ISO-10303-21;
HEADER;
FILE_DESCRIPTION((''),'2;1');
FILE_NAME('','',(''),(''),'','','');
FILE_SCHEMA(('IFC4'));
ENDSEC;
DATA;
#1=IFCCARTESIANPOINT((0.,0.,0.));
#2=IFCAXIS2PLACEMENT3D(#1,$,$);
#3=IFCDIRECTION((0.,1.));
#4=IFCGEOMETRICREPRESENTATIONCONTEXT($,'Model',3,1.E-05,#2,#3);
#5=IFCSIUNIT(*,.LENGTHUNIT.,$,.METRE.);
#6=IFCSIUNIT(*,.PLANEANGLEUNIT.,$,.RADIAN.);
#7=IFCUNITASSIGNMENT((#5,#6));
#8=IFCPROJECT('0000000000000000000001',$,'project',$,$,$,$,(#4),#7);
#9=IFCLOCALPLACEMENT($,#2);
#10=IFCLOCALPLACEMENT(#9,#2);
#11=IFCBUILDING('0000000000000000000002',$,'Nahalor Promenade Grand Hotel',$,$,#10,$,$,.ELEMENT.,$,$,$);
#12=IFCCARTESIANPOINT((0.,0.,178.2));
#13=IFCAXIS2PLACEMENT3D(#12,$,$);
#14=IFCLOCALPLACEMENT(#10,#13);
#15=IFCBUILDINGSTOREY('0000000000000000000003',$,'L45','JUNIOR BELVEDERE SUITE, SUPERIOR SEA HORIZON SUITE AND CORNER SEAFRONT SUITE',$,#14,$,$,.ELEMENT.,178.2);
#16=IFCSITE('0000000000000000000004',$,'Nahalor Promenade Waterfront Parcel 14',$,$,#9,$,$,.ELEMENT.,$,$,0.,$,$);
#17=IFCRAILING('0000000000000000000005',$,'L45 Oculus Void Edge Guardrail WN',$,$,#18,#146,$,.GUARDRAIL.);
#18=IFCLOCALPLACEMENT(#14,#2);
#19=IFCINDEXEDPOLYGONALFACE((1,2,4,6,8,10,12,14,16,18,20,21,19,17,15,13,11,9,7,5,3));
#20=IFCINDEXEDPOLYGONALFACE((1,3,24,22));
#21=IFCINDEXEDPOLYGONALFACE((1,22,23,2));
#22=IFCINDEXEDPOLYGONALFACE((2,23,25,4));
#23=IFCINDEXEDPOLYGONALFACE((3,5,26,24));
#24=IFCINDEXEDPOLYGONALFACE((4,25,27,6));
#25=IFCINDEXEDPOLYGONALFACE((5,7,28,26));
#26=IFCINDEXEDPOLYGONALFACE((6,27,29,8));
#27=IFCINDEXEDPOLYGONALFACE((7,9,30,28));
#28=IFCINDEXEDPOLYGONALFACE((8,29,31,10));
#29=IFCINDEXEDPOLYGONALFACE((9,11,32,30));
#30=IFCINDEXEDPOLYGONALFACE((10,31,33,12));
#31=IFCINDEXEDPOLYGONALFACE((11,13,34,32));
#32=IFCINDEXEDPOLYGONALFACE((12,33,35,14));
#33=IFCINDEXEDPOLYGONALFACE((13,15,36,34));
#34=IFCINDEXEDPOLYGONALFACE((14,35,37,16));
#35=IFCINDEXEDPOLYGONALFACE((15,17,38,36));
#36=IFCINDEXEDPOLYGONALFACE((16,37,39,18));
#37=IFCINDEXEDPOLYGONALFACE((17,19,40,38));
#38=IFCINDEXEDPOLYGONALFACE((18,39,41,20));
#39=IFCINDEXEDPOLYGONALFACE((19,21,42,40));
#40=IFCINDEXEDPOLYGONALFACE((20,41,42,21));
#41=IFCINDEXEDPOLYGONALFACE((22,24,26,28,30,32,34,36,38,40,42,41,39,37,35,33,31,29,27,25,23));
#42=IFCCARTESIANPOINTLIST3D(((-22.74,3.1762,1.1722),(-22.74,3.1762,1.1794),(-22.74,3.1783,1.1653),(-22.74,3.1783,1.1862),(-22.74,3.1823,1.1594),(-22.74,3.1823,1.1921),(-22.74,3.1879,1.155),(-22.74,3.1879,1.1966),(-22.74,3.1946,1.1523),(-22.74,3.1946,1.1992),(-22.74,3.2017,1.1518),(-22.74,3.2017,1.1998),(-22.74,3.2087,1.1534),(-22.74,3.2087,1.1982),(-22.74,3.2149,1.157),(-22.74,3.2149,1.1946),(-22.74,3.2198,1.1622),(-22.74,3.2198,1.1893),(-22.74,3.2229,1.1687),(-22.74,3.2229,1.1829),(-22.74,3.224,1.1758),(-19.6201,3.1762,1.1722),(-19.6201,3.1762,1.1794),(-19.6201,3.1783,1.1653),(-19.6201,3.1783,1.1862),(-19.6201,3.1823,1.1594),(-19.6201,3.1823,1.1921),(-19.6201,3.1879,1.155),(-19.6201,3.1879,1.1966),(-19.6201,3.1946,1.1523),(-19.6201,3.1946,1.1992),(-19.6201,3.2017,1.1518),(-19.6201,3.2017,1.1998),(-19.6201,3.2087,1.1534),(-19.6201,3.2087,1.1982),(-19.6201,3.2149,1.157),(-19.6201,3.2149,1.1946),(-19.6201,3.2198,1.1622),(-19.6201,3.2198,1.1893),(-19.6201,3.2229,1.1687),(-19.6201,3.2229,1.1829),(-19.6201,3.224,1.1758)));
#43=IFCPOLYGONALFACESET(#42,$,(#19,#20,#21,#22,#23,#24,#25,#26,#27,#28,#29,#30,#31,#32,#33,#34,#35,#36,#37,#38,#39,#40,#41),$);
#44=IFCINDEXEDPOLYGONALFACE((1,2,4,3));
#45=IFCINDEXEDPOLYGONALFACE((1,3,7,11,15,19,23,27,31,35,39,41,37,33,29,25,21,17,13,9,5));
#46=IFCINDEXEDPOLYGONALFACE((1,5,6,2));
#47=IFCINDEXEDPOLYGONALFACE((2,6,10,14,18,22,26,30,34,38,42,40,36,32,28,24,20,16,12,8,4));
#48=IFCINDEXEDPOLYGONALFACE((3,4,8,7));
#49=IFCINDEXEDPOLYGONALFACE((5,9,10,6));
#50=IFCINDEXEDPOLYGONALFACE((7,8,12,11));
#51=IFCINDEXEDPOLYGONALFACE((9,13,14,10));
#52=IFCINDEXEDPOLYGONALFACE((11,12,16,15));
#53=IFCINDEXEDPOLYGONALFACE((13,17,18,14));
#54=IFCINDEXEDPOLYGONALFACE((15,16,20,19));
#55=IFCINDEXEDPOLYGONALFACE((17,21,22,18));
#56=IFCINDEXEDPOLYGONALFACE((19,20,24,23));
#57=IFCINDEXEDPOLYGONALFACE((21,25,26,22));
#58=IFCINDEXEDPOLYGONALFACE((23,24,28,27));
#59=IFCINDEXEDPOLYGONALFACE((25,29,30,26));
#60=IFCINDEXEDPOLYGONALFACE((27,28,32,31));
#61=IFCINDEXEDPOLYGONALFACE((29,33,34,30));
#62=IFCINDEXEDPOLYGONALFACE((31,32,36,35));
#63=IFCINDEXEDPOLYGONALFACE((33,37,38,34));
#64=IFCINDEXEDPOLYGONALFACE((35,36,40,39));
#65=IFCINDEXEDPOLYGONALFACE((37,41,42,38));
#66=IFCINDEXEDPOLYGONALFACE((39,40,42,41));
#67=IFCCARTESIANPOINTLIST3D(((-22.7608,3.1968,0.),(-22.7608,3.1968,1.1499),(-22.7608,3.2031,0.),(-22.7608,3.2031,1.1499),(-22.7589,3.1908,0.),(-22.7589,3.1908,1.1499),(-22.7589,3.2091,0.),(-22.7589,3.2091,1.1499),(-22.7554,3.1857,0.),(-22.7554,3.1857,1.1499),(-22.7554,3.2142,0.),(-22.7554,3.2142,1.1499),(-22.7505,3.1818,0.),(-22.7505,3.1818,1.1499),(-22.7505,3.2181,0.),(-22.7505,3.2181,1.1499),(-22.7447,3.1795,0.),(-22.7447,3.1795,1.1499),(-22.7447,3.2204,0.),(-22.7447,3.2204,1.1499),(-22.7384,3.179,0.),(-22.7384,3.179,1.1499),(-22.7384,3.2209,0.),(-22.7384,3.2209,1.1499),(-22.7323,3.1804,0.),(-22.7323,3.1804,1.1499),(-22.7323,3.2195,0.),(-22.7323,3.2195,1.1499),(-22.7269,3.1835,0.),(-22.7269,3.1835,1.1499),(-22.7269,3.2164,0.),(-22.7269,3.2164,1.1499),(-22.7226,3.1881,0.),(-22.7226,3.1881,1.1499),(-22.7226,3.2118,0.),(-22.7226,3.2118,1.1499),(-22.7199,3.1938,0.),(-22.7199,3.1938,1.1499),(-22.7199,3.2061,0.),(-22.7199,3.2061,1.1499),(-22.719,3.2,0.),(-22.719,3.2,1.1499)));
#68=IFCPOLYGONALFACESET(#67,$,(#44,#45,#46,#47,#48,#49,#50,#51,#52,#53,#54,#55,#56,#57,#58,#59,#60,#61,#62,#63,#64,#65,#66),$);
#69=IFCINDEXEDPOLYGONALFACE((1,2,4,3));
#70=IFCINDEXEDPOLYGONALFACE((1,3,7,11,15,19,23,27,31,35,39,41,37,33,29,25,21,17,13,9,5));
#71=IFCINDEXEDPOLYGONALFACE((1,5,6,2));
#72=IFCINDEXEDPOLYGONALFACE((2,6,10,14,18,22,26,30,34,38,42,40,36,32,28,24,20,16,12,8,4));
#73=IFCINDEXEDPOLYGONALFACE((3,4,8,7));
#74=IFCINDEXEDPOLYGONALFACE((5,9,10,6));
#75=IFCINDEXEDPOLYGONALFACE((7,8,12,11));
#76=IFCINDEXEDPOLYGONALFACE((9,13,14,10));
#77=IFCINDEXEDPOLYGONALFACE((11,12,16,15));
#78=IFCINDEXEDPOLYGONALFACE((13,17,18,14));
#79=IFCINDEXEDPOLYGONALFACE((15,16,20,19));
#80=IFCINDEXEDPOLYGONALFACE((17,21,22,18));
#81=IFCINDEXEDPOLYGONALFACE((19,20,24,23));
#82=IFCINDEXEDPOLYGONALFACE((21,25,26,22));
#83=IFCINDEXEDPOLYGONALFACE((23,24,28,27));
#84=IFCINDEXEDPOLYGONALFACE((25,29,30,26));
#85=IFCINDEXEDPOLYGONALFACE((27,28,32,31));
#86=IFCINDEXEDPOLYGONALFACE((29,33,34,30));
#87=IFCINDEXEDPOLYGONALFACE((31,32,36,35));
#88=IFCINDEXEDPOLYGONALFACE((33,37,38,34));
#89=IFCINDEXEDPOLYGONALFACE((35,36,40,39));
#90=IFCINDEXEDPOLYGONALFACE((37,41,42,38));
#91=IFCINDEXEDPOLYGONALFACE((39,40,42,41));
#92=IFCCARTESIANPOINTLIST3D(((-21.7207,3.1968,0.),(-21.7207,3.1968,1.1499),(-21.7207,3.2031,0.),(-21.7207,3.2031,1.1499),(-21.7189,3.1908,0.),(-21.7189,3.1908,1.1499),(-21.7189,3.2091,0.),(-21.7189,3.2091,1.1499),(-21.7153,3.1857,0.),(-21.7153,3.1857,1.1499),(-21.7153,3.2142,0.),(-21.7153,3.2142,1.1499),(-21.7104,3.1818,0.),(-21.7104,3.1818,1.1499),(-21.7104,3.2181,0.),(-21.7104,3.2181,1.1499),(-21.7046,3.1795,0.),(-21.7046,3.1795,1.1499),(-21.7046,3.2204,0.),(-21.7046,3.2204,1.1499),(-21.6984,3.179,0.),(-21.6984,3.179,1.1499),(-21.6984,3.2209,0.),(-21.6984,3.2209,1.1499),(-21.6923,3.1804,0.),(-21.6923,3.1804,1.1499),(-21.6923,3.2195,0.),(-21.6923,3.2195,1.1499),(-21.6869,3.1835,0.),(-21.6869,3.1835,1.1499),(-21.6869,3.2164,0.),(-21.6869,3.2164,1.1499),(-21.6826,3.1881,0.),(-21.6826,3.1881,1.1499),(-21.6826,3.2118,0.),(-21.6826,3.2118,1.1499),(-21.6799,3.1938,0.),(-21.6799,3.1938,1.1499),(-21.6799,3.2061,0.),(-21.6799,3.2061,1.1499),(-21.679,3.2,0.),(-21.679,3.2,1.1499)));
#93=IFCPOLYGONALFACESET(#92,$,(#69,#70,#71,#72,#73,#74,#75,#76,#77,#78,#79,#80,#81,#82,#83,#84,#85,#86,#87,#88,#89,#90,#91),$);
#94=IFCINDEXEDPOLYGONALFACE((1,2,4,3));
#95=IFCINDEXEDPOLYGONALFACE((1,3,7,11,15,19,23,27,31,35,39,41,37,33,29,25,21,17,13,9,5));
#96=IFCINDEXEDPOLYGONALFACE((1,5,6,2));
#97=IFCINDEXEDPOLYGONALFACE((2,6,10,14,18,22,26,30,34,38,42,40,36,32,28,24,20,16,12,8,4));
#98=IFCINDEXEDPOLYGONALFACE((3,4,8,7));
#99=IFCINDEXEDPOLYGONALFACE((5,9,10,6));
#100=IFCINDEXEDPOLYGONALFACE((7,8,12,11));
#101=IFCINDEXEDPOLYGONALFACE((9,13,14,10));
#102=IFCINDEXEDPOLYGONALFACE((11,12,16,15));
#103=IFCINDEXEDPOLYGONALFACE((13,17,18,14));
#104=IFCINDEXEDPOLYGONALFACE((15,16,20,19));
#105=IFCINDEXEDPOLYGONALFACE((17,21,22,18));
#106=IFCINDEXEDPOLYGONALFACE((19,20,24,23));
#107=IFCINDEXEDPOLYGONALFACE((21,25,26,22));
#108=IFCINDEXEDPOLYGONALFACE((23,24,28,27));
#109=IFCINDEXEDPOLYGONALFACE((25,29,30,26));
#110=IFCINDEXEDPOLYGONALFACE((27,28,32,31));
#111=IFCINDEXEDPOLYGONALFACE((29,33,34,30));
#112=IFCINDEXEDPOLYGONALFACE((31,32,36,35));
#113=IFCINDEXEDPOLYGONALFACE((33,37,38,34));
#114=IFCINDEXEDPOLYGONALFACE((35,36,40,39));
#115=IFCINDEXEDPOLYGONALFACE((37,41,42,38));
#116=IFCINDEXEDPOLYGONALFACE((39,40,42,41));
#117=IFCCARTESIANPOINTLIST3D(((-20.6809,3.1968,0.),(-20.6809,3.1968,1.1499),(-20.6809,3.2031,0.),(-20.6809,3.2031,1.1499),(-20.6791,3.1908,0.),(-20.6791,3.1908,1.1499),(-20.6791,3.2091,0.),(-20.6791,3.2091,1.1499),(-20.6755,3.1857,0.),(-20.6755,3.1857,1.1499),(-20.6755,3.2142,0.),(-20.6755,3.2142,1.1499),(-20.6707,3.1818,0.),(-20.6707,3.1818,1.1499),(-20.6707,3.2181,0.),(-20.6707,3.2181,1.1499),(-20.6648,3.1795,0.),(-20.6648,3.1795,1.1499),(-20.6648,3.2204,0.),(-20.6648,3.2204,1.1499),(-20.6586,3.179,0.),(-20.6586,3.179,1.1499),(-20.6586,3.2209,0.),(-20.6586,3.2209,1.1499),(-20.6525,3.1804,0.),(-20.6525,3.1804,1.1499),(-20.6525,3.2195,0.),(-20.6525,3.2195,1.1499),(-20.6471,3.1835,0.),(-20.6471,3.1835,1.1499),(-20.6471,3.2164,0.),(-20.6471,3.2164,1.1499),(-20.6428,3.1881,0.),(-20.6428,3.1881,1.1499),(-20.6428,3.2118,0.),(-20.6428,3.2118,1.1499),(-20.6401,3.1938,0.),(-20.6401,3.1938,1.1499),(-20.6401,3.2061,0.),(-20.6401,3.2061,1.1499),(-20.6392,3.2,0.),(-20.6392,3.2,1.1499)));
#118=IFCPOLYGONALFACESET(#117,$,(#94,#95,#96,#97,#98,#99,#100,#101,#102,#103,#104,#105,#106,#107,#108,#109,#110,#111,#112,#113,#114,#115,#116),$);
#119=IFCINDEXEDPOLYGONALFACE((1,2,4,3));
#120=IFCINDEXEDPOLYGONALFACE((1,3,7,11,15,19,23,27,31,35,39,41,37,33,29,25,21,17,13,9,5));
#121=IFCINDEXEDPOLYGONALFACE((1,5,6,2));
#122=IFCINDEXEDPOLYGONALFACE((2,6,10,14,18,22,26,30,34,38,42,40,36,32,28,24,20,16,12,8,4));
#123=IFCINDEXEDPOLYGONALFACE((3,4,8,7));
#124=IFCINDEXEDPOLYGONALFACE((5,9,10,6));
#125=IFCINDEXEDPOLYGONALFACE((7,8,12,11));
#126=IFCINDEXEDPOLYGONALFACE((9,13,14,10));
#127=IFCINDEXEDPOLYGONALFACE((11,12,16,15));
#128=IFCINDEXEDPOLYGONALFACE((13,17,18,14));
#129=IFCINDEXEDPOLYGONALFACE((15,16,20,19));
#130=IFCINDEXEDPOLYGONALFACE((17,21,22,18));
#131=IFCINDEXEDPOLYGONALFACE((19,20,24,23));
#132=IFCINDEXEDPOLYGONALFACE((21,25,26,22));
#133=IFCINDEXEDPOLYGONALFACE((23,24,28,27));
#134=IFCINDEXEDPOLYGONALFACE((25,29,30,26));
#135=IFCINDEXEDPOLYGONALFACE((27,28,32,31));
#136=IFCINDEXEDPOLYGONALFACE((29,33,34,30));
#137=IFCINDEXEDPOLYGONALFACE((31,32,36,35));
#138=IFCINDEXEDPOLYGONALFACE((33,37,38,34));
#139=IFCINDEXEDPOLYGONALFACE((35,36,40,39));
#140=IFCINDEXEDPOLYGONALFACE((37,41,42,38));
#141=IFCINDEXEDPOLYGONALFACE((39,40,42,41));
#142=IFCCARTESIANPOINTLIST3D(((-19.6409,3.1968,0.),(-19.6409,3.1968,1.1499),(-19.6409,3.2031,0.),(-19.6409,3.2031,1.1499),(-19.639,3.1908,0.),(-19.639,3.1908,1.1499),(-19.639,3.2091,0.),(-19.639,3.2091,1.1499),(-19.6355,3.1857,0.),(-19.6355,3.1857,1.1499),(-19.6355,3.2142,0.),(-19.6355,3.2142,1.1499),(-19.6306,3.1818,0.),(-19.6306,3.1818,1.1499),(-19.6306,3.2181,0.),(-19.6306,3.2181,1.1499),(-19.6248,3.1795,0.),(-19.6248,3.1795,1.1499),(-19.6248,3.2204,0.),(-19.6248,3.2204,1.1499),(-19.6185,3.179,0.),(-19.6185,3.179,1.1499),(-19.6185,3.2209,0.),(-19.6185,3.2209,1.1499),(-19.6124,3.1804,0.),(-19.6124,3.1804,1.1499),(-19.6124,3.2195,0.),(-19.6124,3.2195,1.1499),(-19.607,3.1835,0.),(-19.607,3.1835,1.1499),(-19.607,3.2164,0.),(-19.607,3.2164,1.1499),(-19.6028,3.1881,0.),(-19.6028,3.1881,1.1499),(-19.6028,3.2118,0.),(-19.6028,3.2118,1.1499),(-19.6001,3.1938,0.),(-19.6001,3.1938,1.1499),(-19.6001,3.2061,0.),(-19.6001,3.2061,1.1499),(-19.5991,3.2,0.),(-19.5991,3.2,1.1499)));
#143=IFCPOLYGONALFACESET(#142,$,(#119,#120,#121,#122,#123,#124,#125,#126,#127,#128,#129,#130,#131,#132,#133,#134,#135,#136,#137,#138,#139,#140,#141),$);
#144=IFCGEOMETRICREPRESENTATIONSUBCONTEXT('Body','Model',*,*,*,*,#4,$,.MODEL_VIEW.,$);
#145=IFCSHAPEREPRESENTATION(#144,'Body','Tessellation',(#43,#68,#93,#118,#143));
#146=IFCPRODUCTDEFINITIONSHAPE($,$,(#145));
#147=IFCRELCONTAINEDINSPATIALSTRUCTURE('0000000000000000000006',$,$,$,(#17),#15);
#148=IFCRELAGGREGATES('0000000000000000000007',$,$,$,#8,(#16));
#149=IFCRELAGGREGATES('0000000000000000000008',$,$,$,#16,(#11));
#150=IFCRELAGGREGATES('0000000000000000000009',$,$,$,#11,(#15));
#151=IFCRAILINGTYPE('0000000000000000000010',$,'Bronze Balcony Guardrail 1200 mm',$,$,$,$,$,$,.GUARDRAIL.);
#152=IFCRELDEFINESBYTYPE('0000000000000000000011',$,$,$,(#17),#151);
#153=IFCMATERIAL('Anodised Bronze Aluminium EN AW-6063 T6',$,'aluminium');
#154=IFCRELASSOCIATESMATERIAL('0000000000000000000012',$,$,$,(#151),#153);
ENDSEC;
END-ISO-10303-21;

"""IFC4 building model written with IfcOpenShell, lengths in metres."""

from ifc_helpers import new_model, si_unit, direction, frame, origin, origin_2d, place, context, subcontext, project, spatial, circle, extrude, material, type_object, element, save


model = new_model("IFC4")

# Units and contexts
model_context = context("Model", 3, precision=1e-05, world=origin(), true_north=direction((0.0, 1.0)))
body_context = subcontext(model_context, "Body", "Model", "MODEL_VIEW")
ifc_project = project(units=[si_unit("LENGTHUNIT", "METRE"), si_unit("PLANEANGLEUNIT", "RADIAN")], contexts=[model_context])

# Site, building, storey
site_placement = place(None, origin())
site = spatial("IfcSite", under=ifc_project, at=site_placement, Name="Nahalor Promenade Waterfront Parcel 14", CompositionType="ELEMENT", RefElevation=0.0)
building_placement = place(site_placement, origin())
building = spatial("IfcBuilding", under=site, at=building_placement, Name="Nahalor Promenade Grand Hotel", CompositionType="ELEMENT")
storey_placement = place(building_placement, frame((0.0, 0.0, 178.2)))
storey = spatial("IfcBuildingStorey", under=building, at=storey_placement, Name="L45", Description="JUNIOR BELVEDERE SUITE, SUPERIOR SEA HORIZON SUITE AND CORNER SEAFRONT SUITE", CompositionType="ELEMENT", Elevation=178.2)

# Shared definitions
ifc_material_1 = material(Name="Anodised Bronze Aluminium EN AW-6063 T6", Category="aluminium")

# Railing
railing_type = type_object("IfcRailingType", Name="Bronze Balcony Guardrail 1200 mm", PredefinedType="GUARDRAIL", material=ifc_material_1)
for number, where, name in (
    (1, (-22.74, 3.2, 0.0), "L45 Oculus Void Edge Guardrail WN"),
):
    element("IfcRailing", number, at=place(storey_placement, frame(where)), inside=storey, type_object=railing_type, Name=name, PredefinedType="GUARDRAIL", context=body_context, shape_type="SweptSolid", body=[
        extrude(circle(Radius=0.024, at=origin_2d()), frame((0.0, 0.0, 1.1758), z_axis=(1.0, 0.0, 0.0), x_axis=(0.0, 1.0, 0.0)), (0.0, 0.0, 1.0), 3.1199),
        extrude(circle(Radius=0.021, at=origin_2d()), origin(), (0.0, 0.0, 1.0), 1.1499),
        extrude(circle(Radius=0.021, at=origin_2d()), frame((1.04, 0.0, 0.0)), (0.0, 0.0, 1.0), 1.1499),
        extrude(circle(Radius=0.021, at=origin_2d()), frame((2.0798, 0.0, 0.0)), (0.0, 0.0, 1.0), 1.1499),
        extrude(circle(Radius=0.021, at=origin_2d()), frame((3.1199, 0.0, 0.0)), (0.0, 0.0, 1.0), 1.1499),
    ])

save(model, "model.ifc")
